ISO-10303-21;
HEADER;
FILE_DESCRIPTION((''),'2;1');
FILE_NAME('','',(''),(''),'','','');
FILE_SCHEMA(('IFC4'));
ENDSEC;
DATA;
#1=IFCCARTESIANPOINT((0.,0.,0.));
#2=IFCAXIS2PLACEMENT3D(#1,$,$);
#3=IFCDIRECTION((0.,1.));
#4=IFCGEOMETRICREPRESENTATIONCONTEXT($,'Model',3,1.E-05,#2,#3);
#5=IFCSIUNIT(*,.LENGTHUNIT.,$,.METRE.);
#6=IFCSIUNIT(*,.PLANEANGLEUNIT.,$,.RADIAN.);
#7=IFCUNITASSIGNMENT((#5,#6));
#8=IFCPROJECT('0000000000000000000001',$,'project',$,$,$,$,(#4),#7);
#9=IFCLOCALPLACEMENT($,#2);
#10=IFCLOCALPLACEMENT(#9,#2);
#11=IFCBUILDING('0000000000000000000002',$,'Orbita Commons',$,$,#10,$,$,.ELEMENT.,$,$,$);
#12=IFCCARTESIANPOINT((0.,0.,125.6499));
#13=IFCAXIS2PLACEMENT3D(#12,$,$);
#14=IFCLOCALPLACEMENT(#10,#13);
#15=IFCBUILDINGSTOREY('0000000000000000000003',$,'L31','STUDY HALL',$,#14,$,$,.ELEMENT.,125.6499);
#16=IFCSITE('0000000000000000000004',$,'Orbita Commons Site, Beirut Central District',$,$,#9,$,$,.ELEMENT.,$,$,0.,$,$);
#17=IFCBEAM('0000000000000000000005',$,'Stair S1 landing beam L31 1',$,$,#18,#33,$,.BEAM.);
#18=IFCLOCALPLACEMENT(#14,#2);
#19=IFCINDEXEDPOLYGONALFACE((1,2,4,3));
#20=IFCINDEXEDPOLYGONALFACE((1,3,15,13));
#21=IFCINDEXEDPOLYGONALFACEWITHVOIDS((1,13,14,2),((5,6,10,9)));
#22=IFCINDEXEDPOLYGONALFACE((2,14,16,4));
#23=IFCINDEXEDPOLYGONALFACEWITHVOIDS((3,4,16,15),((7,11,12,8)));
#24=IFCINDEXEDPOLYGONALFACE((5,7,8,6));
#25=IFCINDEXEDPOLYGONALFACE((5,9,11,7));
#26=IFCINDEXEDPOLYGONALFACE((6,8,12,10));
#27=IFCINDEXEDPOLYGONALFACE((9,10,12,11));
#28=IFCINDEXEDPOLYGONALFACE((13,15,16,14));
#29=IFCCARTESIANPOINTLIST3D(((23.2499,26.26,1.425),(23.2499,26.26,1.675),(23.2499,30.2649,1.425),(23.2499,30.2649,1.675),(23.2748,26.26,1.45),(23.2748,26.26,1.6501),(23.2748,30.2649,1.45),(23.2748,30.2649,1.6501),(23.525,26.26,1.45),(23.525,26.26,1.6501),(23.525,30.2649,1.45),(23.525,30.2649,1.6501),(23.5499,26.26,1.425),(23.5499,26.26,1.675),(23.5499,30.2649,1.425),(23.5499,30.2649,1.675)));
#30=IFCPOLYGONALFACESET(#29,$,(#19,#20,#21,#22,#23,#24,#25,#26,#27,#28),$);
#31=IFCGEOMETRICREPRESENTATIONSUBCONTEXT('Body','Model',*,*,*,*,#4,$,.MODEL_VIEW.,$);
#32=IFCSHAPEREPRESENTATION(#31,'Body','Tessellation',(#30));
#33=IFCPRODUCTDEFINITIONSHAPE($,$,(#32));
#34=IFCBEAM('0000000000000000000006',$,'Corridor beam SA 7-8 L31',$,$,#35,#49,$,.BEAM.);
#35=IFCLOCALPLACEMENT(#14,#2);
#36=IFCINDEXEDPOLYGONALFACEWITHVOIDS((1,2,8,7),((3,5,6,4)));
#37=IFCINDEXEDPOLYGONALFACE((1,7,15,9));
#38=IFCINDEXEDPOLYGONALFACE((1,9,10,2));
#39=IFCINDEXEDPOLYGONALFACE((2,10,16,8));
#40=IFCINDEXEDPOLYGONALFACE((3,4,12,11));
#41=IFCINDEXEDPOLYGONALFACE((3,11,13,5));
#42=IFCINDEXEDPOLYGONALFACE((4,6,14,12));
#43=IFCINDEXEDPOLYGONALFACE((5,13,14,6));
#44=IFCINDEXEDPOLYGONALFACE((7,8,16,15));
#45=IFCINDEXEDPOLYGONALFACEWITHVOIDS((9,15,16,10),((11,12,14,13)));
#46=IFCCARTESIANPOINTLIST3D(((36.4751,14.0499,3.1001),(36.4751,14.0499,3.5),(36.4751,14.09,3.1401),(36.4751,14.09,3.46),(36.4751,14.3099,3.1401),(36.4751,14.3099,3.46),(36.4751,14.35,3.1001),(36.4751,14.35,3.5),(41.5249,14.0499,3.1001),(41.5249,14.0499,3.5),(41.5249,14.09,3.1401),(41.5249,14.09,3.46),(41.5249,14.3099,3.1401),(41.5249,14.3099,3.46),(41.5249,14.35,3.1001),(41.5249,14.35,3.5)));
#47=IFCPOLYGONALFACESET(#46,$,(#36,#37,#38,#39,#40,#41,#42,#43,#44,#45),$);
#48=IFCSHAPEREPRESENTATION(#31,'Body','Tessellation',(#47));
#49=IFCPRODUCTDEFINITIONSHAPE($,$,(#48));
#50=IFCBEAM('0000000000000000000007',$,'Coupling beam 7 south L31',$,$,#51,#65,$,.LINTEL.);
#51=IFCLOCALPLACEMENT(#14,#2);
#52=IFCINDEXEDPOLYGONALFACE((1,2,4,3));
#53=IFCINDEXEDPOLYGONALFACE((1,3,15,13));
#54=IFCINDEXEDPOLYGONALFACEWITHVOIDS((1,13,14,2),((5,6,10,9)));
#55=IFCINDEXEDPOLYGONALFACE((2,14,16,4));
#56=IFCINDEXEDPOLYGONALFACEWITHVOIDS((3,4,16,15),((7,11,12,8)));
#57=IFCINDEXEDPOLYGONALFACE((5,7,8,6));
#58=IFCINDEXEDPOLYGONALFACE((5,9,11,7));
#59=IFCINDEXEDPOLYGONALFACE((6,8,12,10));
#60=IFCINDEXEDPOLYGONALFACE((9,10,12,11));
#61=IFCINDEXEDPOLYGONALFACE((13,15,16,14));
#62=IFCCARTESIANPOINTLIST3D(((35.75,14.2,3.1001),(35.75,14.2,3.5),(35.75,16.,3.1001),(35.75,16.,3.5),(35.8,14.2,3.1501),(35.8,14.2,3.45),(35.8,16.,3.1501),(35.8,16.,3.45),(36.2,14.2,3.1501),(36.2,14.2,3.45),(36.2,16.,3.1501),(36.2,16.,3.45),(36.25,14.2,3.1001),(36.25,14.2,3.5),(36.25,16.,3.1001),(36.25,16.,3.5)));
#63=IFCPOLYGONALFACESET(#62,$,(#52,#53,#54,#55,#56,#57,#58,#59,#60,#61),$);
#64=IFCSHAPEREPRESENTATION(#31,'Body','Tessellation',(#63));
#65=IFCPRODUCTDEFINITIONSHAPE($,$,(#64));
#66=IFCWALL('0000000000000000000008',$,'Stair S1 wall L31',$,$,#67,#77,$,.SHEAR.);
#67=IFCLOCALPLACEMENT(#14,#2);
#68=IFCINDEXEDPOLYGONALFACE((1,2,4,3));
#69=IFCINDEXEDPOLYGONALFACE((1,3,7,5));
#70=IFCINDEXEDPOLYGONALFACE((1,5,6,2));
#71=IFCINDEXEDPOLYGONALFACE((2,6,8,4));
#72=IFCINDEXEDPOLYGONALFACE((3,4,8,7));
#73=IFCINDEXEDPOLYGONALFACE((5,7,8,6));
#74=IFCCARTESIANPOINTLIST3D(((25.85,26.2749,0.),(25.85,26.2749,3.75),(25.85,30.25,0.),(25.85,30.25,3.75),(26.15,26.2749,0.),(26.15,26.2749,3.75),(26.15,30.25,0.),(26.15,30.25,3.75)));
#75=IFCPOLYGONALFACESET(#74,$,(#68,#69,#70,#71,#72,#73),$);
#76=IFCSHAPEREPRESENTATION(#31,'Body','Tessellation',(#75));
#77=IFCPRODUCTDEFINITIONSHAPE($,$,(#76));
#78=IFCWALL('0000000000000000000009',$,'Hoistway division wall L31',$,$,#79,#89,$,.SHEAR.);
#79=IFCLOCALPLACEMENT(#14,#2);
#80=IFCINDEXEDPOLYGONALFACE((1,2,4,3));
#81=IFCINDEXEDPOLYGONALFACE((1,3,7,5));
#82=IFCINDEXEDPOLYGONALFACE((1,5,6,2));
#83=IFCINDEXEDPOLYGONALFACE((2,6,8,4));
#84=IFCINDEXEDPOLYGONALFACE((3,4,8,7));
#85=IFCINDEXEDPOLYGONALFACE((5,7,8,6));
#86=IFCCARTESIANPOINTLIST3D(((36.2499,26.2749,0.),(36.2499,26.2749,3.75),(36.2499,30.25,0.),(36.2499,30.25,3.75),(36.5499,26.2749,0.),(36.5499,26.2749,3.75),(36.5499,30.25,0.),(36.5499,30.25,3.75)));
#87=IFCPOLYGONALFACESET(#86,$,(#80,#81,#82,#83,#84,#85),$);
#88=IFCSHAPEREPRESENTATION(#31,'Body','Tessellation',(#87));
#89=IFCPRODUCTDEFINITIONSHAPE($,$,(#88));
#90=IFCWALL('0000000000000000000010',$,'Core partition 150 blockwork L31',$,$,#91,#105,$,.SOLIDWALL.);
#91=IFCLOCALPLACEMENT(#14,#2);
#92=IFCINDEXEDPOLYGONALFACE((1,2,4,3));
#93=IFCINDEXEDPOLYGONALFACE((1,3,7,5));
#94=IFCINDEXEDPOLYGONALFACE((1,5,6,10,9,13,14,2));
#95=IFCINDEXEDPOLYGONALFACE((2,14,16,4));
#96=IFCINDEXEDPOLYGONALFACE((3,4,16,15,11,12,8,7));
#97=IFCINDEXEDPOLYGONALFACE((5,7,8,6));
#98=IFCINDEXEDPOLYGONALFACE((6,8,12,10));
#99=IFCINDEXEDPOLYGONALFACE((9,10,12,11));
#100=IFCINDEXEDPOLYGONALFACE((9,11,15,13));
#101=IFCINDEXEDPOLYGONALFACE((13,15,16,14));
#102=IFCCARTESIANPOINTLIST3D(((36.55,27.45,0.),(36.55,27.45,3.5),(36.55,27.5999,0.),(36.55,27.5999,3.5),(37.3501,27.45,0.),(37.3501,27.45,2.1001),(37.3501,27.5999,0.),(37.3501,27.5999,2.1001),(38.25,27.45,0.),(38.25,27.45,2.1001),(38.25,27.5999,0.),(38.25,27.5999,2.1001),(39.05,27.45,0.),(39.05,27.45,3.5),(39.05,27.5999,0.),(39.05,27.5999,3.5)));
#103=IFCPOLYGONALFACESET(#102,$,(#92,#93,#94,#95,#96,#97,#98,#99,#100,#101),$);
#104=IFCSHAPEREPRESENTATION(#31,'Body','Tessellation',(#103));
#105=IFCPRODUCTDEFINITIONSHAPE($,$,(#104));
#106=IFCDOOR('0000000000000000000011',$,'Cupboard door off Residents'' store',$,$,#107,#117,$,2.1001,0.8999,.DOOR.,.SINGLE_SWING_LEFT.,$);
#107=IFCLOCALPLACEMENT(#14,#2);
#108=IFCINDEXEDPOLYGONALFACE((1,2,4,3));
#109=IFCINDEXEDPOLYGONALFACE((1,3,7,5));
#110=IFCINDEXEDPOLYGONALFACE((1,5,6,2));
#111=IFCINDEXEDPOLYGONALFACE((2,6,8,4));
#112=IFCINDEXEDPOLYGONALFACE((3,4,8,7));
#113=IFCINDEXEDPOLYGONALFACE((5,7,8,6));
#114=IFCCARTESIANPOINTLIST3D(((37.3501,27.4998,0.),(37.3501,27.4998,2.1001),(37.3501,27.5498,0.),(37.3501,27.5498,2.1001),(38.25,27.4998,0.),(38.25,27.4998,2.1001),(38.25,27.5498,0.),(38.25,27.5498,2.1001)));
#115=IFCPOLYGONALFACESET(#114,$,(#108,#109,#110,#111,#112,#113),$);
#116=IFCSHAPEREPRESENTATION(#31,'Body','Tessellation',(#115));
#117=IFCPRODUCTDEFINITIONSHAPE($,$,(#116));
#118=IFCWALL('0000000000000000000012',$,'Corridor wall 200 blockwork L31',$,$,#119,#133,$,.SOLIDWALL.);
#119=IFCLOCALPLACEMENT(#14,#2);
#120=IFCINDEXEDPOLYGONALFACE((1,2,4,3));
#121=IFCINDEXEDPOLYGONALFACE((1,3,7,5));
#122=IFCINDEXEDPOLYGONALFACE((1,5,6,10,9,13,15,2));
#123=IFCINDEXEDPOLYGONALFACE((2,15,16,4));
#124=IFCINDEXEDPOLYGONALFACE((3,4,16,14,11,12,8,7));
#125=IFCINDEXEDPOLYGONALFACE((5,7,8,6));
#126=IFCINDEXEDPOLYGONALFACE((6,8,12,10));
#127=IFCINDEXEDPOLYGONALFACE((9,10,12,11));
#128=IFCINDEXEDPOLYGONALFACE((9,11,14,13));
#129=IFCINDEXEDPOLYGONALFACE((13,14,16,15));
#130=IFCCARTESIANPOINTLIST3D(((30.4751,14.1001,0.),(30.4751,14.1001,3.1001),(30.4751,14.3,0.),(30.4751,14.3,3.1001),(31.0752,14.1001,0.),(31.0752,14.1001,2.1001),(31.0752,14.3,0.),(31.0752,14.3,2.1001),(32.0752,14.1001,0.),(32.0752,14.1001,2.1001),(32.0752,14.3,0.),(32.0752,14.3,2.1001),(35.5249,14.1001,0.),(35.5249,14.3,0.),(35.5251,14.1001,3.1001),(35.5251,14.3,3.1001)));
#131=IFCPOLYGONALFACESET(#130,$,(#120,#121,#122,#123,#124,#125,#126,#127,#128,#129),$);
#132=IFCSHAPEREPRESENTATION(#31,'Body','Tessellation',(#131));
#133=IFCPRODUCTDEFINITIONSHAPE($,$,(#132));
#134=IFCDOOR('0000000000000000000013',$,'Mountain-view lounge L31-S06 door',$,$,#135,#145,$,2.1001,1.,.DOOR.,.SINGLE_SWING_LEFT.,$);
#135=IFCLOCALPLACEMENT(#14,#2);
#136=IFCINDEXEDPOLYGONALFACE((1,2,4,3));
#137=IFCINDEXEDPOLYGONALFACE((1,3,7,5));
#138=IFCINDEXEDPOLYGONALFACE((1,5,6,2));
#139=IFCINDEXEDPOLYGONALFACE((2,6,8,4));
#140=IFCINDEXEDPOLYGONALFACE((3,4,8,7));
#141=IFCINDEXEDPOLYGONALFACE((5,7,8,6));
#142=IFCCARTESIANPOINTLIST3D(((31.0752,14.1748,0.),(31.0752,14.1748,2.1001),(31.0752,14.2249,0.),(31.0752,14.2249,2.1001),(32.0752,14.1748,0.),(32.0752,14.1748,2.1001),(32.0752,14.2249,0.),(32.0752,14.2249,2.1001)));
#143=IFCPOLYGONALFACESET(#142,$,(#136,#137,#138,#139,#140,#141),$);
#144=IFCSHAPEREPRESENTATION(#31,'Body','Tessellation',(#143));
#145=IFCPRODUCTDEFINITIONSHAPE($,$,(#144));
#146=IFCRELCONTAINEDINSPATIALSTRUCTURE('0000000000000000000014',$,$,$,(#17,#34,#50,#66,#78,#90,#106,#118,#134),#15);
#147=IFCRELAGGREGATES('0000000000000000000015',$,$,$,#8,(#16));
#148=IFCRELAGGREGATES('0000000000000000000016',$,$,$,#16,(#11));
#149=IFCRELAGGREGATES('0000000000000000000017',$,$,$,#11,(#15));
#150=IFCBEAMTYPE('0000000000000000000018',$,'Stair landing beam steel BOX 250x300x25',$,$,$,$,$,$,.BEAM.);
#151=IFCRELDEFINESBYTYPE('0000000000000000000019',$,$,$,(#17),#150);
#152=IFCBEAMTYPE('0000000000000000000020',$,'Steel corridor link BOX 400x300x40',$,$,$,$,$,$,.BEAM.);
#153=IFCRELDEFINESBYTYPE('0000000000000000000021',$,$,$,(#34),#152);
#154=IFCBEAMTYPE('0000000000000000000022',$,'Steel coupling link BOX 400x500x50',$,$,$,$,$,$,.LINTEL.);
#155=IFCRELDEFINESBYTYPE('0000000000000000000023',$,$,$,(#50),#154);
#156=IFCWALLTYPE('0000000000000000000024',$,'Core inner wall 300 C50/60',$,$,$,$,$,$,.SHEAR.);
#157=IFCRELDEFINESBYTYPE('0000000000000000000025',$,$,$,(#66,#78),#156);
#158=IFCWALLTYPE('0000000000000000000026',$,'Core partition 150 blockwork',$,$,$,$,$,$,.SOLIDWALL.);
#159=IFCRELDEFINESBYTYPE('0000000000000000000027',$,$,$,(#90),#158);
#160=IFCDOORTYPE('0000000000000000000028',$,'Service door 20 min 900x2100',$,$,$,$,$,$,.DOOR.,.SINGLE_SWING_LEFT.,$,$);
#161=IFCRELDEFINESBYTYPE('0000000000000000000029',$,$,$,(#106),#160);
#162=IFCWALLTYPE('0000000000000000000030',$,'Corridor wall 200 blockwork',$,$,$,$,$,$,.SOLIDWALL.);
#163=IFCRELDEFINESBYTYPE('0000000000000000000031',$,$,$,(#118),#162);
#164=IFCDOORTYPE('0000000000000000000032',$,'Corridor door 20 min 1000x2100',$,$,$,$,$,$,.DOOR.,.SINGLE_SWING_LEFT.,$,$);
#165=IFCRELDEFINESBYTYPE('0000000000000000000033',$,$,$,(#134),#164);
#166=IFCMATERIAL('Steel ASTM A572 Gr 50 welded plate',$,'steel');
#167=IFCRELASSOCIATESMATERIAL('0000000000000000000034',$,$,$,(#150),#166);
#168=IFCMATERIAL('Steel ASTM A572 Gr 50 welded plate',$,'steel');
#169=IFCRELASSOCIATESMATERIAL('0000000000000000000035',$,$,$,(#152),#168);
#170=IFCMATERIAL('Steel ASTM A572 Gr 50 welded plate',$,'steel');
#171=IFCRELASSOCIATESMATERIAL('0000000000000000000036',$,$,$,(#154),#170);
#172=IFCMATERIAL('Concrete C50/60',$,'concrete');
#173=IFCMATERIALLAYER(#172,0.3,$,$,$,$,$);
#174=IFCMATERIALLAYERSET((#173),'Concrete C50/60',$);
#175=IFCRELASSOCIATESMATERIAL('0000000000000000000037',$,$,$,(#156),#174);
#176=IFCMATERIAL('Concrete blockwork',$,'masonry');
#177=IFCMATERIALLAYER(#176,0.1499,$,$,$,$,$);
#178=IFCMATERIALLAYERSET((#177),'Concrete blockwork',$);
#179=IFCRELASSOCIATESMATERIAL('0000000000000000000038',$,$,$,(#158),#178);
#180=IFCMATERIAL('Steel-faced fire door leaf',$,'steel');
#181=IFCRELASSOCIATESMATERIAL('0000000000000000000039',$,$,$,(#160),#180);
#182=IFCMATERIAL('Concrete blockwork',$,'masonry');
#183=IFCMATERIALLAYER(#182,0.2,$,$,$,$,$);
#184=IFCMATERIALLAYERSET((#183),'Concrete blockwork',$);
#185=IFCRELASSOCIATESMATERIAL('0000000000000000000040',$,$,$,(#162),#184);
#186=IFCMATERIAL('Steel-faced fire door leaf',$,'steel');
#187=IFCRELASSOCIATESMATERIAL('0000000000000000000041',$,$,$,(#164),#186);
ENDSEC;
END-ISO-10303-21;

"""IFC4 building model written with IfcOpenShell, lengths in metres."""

from ifc_helpers import new_model, si_unit, direction, frame, frame_2d, origin, origin_2d, place, context, subcontext, project, spatial, polyline, rectangle, hollow_rectangle, outline, extrude, material, layer, layer_set, material_profile, profile_set, type_object, element, fill, save


model = new_model("IFC4")

# Units and contexts
model_context = context("Model", 3, precision=1e-05, world=origin(), true_north=direction((0.0, 1.0)))
body_context = subcontext(model_context, "Body", "Model", "MODEL_VIEW")
ifc_project = project(units=[si_unit("LENGTHUNIT", "METRE"), si_unit("PLANEANGLEUNIT", "RADIAN")], contexts=[model_context])

# Site, building, storey
site_placement = place(None, origin())
site = spatial("IfcSite", under=ifc_project, at=site_placement, Name="Orbita Commons Site, Beirut Central District", CompositionType="ELEMENT", RefElevation=0.0)
building_placement = place(site_placement, origin())
building = spatial("IfcBuilding", under=site, at=building_placement, Name="Orbita Commons", CompositionType="ELEMENT")
storey_placement = place(building_placement, frame((0.0, 0.0, 125.6499)))
storey = spatial("IfcBuildingStorey", under=building, at=storey_placement, Name="L31", Description="STUDY HALL", CompositionType="ELEMENT", Elevation=125.6499)

# Beams
ifc_material_1 = material(Name="Steel ASTM A572 Gr 50 welded plate", Category="steel")
ifc_material_profile_1 = material_profile(ifc_material_1, hollow_rectangle(XDim=0.3, YDim=0.25, WallThickness=0.0249, at=origin_2d()), Name="BOX 250x300x25")
ifc_profile_set_1 = profile_set([ifc_material_profile_1], Name="Steel ASTM A572 Gr 50 welded plate")
beam_type_1 = type_object("IfcBeamType", Name="Stair landing beam steel BOX 250x300x25", PredefinedType="BEAM", material=ifc_profile_set_1)
beam_1_placement = place(storey_placement, frame((23.3999, 26.26, 1.55), z_axis=(0.0, 1.0, 0.0), x_axis=(-1.0, 0.0, 0.0)))
element("IfcBeam", 1, at=beam_1_placement, inside=storey, type_object=beam_type_1, Name="Stair S1 landing beam L31 1", PredefinedType="BEAM", context=body_context, shape_type="SweptSolid", body=[
    extrude(hollow_rectangle(XDim=0.3, YDim=0.25, WallThickness=0.0249, at=origin_2d()), origin(), (0.0, 0.0, 1.0), 4.0049),
])
ifc_material_2 = material(Name="Steel ASTM A572 Gr 50 welded plate", Category="steel")
ifc_material_profile_2 = material_profile(ifc_material_2, hollow_rectangle(XDim=0.3, YDim=0.3999, WallThickness=0.04, at=origin_2d()), Name="BOX 400x300x40")
ifc_profile_set_2 = profile_set([ifc_material_profile_2], Name="Steel ASTM A572 Gr 50 welded plate")
beam_type_2 = type_object("IfcBeamType", Name="Steel corridor link BOX 400x300x40", PredefinedType="BEAM", material=ifc_profile_set_2)
beam_2_placement = place(storey_placement, frame((36.4751, 14.2, 3.3), z_axis=(1.0, 0.0, 0.0), x_axis=(0.0, 1.0, 0.0)))
element("IfcBeam", 2, at=beam_2_placement, inside=storey, type_object=beam_type_2, Name="Corridor beam SA 7-8 L31", PredefinedType="BEAM", context=body_context, shape_type="SweptSolid", body=[
    extrude(hollow_rectangle(XDim=0.3, YDim=0.3999, WallThickness=0.04, at=origin_2d()), origin(), (0.0, 0.0, 1.0), 5.0498),
])
ifc_material_3 = material(Name="Steel ASTM A572 Gr 50 welded plate", Category="steel")
ifc_material_profile_3 = material_profile(ifc_material_3, hollow_rectangle(XDim=0.5, YDim=0.3999, WallThickness=0.05, at=origin_2d()), Name="BOX 400x500x50")
ifc_profile_set_3 = profile_set([ifc_material_profile_3], Name="Steel ASTM A572 Gr 50 welded plate")
beam_type_3 = type_object("IfcBeamType", Name="Steel coupling link BOX 400x500x50", PredefinedType="LINTEL", material=ifc_profile_set_3)
beam_3_placement = place(storey_placement, frame((36.0, 14.2, 3.3), z_axis=(0.0, 1.0, 0.0), x_axis=(-1.0, 0.0, 0.0)))
element("IfcBeam", 3, at=beam_3_placement, inside=storey, type_object=beam_type_3, Name="Coupling beam 7 south L31", PredefinedType="LINTEL", context=body_context, shape_type="SweptSolid", body=[
    extrude(hollow_rectangle(XDim=0.5, YDim=0.3999, WallThickness=0.05, at=origin_2d()), origin(), (0.0, 0.0, 1.0), 1.8),
])

# Walls
ifc_material_4 = material(Name="Concrete C50/60", Category="concrete")
ifc_layer_1 = layer(ifc_material_4, 0.3)
ifc_layer_set_1 = layer_set([ifc_layer_1], Name="Concrete C50/60")
wall_type_1 = type_object("IfcWallType", Name="Core inner wall 300 C50/60", PredefinedType="SHEAR", material=ifc_layer_set_1)
for number, where, z_axis, x_axis, name in (
    (4, (26.0, 26.2749, 0.0), (0.0, 0.0, 1.0), (0.0, 1.0, 0.0), "Stair S1 wall L31"),
    (5, (36.3999, 26.2749, 0.0), (0.0, 0.0, 1.0), (0.0, 1.0, 0.0), "Hoistway division wall L31"),
):
    element("IfcWall", number, at=place(storey_placement, frame(where, z_axis=z_axis, x_axis=x_axis)), inside=storey, type_object=wall_type_1, Name=name, PredefinedType="SHEAR", context=body_context, shape_type="SweptSolid", body=[
        extrude(rectangle(XDim=3.9751, YDim=0.3, at=frame_2d((1.9875, 0.0))), origin(), (0.0, 0.0, 1.0), 3.75),
    ])

# Walls, openings, doors
ifc_material_5 = material(Name="Concrete blockwork", Category="masonry")
ifc_layer_2 = layer(ifc_material_5, 0.1499)
ifc_layer_set_2 = layer_set([ifc_layer_2], Name="Concrete blockwork")
wall_type_2 = type_object("IfcWallType", Name="Core partition 150 blockwork", PredefinedType="SOLIDWALL", material=ifc_layer_set_2)
wall_1_placement = place(storey_placement, frame((36.55, 27.5249, 0.0), z_axis=(0.0, 0.0, 1.0), x_axis=(1.0, 0.0, 0.0)))
wall_1 = element("IfcWall", 6, at=wall_1_placement, inside=storey, type_object=wall_type_2, Name="Core partition 150 blockwork L31", PredefinedType="SOLIDWALL", context=body_context, shape_type="SweptSolid", body=[
    extrude(rectangle(XDim=2.5, YDim=0.1499, at=frame_2d((1.25, 0.0))), origin(), (0.0, 0.0, 1.0), 3.5),
])
opening_1_placement = place(wall_1_placement, frame((0.8, 0.0, 0.0)))
opening_1 = element("IfcOpeningElement", 7, at=opening_1_placement, cuts=wall_1, PredefinedType="OPENING", context=body_context, shape_type="SweptSolid", body=[
    extrude(rectangle(XDim=0.8999, YDim=2.1001, at=frame_2d((0.45, 1.05))), frame((0.0, 0.085, 0.0), z_axis=(0.0, -1.0, 0.0), x_axis=(1.0, 0.0, 0.0)), (0.0, 0.0, 1.0), 0.1699),
])
ifc_material_6 = material(Name="Steel-faced fire door leaf", Category="steel")
door_type_1 = type_object("IfcDoorType", Name="Service door 20 min 900x2100", OperationType="SINGLE_SWING_LEFT", PredefinedType="DOOR", material=ifc_material_6)
door_1_placement = place(opening_1_placement, origin())
door_1 = element("IfcDoor", 8, at=door_1_placement, inside=storey, type_object=door_type_1, Name="Cupboard door off Residents' store", OperationType="SINGLE_SWING_LEFT", OverallHeight=2.1001, OverallWidth=0.8999, PredefinedType="DOOR", context=body_context, shape_type="SweptSolid", body=[
    extrude(rectangle(XDim=0.8999, YDim=2.1001, at=frame_2d((0.45, 1.05))), frame((0.0, 0.0249, 0.0), z_axis=(0.0, -1.0, 0.0), x_axis=(1.0, 0.0, 0.0)), (0.0, 0.0, 1.0), 0.05),
])
fill(opening_1, door_1)
ifc_material_7 = material(Name="Concrete blockwork", Category="masonry")
ifc_layer_3 = layer(ifc_material_7, 0.2)
ifc_layer_set_3 = layer_set([ifc_layer_3], Name="Concrete blockwork")
wall_type_3 = type_object("IfcWallType", Name="Corridor wall 200 blockwork", PredefinedType="SOLIDWALL", material=ifc_layer_set_3)
wall_2_placement = place(storey_placement, frame((30.4751, 14.2, 0.0), z_axis=(0.0, 0.0, 1.0), x_axis=(1.0, 0.0, 0.0)))
wall_2 = element("IfcWall", 9, at=wall_2_placement, inside=storey, type_object=wall_type_3, Name="Corridor wall 200 blockwork L31", PredefinedType="SOLIDWALL", context=body_context, shape_type="SweptSolid", body=[
    extrude(outline(polyline([(0.0, 0.0), (5.0498, 0.0), (5.05, 3.1001), (0.0, 3.1001), (0.0, 0.0)])), frame((0.0, 0.1001, 0.0), z_axis=(0.0, -1.0, 0.0), x_axis=(1.0, 0.0, 0.0)), (0.0, 0.0, 1.0), 0.2),
])
opening_2_placement = place(wall_2_placement, frame((0.6001, 0.0, 0.0)))
opening_2 = element("IfcOpeningElement", 10, at=opening_2_placement, cuts=wall_2, PredefinedType="OPENING", context=body_context, shape_type="SweptSolid", body=[
    extrude(rectangle(XDim=1.0, YDim=2.1001, at=frame_2d((0.5, 1.05))), frame((0.0, 0.1099, 0.0), z_axis=(0.0, -1.0, 0.0), x_axis=(1.0, 0.0, 0.0)), (0.0, 0.0, 1.0), 0.22),
])
ifc_material_8 = material(Name="Steel-faced fire door leaf", Category="steel")
door_type_2 = type_object("IfcDoorType", Name="Corridor door 20 min 1000x2100", OperationType="SINGLE_SWING_LEFT", PredefinedType="DOOR", material=ifc_material_8)
door_2_placement = place(opening_2_placement, origin())
door_2 = element("IfcDoor", 11, at=door_2_placement, inside=storey, type_object=door_type_2, Name="Mountain-view lounge L31-S06 door", OperationType="SINGLE_SWING_LEFT", OverallHeight=2.1001, OverallWidth=1.0, PredefinedType="DOOR", context=body_context, shape_type="SweptSolid", body=[
    extrude(rectangle(XDim=1.0, YDim=2.1001, at=frame_2d((0.5, 1.05))), frame((0.0, 0.0249, 0.0), z_axis=(0.0, -1.0, 0.0), x_axis=(1.0, 0.0, 0.0)), (0.0, 0.0, 1.0), 0.05),
])
fill(opening_2, door_2)

save(model, "model.ifc")
